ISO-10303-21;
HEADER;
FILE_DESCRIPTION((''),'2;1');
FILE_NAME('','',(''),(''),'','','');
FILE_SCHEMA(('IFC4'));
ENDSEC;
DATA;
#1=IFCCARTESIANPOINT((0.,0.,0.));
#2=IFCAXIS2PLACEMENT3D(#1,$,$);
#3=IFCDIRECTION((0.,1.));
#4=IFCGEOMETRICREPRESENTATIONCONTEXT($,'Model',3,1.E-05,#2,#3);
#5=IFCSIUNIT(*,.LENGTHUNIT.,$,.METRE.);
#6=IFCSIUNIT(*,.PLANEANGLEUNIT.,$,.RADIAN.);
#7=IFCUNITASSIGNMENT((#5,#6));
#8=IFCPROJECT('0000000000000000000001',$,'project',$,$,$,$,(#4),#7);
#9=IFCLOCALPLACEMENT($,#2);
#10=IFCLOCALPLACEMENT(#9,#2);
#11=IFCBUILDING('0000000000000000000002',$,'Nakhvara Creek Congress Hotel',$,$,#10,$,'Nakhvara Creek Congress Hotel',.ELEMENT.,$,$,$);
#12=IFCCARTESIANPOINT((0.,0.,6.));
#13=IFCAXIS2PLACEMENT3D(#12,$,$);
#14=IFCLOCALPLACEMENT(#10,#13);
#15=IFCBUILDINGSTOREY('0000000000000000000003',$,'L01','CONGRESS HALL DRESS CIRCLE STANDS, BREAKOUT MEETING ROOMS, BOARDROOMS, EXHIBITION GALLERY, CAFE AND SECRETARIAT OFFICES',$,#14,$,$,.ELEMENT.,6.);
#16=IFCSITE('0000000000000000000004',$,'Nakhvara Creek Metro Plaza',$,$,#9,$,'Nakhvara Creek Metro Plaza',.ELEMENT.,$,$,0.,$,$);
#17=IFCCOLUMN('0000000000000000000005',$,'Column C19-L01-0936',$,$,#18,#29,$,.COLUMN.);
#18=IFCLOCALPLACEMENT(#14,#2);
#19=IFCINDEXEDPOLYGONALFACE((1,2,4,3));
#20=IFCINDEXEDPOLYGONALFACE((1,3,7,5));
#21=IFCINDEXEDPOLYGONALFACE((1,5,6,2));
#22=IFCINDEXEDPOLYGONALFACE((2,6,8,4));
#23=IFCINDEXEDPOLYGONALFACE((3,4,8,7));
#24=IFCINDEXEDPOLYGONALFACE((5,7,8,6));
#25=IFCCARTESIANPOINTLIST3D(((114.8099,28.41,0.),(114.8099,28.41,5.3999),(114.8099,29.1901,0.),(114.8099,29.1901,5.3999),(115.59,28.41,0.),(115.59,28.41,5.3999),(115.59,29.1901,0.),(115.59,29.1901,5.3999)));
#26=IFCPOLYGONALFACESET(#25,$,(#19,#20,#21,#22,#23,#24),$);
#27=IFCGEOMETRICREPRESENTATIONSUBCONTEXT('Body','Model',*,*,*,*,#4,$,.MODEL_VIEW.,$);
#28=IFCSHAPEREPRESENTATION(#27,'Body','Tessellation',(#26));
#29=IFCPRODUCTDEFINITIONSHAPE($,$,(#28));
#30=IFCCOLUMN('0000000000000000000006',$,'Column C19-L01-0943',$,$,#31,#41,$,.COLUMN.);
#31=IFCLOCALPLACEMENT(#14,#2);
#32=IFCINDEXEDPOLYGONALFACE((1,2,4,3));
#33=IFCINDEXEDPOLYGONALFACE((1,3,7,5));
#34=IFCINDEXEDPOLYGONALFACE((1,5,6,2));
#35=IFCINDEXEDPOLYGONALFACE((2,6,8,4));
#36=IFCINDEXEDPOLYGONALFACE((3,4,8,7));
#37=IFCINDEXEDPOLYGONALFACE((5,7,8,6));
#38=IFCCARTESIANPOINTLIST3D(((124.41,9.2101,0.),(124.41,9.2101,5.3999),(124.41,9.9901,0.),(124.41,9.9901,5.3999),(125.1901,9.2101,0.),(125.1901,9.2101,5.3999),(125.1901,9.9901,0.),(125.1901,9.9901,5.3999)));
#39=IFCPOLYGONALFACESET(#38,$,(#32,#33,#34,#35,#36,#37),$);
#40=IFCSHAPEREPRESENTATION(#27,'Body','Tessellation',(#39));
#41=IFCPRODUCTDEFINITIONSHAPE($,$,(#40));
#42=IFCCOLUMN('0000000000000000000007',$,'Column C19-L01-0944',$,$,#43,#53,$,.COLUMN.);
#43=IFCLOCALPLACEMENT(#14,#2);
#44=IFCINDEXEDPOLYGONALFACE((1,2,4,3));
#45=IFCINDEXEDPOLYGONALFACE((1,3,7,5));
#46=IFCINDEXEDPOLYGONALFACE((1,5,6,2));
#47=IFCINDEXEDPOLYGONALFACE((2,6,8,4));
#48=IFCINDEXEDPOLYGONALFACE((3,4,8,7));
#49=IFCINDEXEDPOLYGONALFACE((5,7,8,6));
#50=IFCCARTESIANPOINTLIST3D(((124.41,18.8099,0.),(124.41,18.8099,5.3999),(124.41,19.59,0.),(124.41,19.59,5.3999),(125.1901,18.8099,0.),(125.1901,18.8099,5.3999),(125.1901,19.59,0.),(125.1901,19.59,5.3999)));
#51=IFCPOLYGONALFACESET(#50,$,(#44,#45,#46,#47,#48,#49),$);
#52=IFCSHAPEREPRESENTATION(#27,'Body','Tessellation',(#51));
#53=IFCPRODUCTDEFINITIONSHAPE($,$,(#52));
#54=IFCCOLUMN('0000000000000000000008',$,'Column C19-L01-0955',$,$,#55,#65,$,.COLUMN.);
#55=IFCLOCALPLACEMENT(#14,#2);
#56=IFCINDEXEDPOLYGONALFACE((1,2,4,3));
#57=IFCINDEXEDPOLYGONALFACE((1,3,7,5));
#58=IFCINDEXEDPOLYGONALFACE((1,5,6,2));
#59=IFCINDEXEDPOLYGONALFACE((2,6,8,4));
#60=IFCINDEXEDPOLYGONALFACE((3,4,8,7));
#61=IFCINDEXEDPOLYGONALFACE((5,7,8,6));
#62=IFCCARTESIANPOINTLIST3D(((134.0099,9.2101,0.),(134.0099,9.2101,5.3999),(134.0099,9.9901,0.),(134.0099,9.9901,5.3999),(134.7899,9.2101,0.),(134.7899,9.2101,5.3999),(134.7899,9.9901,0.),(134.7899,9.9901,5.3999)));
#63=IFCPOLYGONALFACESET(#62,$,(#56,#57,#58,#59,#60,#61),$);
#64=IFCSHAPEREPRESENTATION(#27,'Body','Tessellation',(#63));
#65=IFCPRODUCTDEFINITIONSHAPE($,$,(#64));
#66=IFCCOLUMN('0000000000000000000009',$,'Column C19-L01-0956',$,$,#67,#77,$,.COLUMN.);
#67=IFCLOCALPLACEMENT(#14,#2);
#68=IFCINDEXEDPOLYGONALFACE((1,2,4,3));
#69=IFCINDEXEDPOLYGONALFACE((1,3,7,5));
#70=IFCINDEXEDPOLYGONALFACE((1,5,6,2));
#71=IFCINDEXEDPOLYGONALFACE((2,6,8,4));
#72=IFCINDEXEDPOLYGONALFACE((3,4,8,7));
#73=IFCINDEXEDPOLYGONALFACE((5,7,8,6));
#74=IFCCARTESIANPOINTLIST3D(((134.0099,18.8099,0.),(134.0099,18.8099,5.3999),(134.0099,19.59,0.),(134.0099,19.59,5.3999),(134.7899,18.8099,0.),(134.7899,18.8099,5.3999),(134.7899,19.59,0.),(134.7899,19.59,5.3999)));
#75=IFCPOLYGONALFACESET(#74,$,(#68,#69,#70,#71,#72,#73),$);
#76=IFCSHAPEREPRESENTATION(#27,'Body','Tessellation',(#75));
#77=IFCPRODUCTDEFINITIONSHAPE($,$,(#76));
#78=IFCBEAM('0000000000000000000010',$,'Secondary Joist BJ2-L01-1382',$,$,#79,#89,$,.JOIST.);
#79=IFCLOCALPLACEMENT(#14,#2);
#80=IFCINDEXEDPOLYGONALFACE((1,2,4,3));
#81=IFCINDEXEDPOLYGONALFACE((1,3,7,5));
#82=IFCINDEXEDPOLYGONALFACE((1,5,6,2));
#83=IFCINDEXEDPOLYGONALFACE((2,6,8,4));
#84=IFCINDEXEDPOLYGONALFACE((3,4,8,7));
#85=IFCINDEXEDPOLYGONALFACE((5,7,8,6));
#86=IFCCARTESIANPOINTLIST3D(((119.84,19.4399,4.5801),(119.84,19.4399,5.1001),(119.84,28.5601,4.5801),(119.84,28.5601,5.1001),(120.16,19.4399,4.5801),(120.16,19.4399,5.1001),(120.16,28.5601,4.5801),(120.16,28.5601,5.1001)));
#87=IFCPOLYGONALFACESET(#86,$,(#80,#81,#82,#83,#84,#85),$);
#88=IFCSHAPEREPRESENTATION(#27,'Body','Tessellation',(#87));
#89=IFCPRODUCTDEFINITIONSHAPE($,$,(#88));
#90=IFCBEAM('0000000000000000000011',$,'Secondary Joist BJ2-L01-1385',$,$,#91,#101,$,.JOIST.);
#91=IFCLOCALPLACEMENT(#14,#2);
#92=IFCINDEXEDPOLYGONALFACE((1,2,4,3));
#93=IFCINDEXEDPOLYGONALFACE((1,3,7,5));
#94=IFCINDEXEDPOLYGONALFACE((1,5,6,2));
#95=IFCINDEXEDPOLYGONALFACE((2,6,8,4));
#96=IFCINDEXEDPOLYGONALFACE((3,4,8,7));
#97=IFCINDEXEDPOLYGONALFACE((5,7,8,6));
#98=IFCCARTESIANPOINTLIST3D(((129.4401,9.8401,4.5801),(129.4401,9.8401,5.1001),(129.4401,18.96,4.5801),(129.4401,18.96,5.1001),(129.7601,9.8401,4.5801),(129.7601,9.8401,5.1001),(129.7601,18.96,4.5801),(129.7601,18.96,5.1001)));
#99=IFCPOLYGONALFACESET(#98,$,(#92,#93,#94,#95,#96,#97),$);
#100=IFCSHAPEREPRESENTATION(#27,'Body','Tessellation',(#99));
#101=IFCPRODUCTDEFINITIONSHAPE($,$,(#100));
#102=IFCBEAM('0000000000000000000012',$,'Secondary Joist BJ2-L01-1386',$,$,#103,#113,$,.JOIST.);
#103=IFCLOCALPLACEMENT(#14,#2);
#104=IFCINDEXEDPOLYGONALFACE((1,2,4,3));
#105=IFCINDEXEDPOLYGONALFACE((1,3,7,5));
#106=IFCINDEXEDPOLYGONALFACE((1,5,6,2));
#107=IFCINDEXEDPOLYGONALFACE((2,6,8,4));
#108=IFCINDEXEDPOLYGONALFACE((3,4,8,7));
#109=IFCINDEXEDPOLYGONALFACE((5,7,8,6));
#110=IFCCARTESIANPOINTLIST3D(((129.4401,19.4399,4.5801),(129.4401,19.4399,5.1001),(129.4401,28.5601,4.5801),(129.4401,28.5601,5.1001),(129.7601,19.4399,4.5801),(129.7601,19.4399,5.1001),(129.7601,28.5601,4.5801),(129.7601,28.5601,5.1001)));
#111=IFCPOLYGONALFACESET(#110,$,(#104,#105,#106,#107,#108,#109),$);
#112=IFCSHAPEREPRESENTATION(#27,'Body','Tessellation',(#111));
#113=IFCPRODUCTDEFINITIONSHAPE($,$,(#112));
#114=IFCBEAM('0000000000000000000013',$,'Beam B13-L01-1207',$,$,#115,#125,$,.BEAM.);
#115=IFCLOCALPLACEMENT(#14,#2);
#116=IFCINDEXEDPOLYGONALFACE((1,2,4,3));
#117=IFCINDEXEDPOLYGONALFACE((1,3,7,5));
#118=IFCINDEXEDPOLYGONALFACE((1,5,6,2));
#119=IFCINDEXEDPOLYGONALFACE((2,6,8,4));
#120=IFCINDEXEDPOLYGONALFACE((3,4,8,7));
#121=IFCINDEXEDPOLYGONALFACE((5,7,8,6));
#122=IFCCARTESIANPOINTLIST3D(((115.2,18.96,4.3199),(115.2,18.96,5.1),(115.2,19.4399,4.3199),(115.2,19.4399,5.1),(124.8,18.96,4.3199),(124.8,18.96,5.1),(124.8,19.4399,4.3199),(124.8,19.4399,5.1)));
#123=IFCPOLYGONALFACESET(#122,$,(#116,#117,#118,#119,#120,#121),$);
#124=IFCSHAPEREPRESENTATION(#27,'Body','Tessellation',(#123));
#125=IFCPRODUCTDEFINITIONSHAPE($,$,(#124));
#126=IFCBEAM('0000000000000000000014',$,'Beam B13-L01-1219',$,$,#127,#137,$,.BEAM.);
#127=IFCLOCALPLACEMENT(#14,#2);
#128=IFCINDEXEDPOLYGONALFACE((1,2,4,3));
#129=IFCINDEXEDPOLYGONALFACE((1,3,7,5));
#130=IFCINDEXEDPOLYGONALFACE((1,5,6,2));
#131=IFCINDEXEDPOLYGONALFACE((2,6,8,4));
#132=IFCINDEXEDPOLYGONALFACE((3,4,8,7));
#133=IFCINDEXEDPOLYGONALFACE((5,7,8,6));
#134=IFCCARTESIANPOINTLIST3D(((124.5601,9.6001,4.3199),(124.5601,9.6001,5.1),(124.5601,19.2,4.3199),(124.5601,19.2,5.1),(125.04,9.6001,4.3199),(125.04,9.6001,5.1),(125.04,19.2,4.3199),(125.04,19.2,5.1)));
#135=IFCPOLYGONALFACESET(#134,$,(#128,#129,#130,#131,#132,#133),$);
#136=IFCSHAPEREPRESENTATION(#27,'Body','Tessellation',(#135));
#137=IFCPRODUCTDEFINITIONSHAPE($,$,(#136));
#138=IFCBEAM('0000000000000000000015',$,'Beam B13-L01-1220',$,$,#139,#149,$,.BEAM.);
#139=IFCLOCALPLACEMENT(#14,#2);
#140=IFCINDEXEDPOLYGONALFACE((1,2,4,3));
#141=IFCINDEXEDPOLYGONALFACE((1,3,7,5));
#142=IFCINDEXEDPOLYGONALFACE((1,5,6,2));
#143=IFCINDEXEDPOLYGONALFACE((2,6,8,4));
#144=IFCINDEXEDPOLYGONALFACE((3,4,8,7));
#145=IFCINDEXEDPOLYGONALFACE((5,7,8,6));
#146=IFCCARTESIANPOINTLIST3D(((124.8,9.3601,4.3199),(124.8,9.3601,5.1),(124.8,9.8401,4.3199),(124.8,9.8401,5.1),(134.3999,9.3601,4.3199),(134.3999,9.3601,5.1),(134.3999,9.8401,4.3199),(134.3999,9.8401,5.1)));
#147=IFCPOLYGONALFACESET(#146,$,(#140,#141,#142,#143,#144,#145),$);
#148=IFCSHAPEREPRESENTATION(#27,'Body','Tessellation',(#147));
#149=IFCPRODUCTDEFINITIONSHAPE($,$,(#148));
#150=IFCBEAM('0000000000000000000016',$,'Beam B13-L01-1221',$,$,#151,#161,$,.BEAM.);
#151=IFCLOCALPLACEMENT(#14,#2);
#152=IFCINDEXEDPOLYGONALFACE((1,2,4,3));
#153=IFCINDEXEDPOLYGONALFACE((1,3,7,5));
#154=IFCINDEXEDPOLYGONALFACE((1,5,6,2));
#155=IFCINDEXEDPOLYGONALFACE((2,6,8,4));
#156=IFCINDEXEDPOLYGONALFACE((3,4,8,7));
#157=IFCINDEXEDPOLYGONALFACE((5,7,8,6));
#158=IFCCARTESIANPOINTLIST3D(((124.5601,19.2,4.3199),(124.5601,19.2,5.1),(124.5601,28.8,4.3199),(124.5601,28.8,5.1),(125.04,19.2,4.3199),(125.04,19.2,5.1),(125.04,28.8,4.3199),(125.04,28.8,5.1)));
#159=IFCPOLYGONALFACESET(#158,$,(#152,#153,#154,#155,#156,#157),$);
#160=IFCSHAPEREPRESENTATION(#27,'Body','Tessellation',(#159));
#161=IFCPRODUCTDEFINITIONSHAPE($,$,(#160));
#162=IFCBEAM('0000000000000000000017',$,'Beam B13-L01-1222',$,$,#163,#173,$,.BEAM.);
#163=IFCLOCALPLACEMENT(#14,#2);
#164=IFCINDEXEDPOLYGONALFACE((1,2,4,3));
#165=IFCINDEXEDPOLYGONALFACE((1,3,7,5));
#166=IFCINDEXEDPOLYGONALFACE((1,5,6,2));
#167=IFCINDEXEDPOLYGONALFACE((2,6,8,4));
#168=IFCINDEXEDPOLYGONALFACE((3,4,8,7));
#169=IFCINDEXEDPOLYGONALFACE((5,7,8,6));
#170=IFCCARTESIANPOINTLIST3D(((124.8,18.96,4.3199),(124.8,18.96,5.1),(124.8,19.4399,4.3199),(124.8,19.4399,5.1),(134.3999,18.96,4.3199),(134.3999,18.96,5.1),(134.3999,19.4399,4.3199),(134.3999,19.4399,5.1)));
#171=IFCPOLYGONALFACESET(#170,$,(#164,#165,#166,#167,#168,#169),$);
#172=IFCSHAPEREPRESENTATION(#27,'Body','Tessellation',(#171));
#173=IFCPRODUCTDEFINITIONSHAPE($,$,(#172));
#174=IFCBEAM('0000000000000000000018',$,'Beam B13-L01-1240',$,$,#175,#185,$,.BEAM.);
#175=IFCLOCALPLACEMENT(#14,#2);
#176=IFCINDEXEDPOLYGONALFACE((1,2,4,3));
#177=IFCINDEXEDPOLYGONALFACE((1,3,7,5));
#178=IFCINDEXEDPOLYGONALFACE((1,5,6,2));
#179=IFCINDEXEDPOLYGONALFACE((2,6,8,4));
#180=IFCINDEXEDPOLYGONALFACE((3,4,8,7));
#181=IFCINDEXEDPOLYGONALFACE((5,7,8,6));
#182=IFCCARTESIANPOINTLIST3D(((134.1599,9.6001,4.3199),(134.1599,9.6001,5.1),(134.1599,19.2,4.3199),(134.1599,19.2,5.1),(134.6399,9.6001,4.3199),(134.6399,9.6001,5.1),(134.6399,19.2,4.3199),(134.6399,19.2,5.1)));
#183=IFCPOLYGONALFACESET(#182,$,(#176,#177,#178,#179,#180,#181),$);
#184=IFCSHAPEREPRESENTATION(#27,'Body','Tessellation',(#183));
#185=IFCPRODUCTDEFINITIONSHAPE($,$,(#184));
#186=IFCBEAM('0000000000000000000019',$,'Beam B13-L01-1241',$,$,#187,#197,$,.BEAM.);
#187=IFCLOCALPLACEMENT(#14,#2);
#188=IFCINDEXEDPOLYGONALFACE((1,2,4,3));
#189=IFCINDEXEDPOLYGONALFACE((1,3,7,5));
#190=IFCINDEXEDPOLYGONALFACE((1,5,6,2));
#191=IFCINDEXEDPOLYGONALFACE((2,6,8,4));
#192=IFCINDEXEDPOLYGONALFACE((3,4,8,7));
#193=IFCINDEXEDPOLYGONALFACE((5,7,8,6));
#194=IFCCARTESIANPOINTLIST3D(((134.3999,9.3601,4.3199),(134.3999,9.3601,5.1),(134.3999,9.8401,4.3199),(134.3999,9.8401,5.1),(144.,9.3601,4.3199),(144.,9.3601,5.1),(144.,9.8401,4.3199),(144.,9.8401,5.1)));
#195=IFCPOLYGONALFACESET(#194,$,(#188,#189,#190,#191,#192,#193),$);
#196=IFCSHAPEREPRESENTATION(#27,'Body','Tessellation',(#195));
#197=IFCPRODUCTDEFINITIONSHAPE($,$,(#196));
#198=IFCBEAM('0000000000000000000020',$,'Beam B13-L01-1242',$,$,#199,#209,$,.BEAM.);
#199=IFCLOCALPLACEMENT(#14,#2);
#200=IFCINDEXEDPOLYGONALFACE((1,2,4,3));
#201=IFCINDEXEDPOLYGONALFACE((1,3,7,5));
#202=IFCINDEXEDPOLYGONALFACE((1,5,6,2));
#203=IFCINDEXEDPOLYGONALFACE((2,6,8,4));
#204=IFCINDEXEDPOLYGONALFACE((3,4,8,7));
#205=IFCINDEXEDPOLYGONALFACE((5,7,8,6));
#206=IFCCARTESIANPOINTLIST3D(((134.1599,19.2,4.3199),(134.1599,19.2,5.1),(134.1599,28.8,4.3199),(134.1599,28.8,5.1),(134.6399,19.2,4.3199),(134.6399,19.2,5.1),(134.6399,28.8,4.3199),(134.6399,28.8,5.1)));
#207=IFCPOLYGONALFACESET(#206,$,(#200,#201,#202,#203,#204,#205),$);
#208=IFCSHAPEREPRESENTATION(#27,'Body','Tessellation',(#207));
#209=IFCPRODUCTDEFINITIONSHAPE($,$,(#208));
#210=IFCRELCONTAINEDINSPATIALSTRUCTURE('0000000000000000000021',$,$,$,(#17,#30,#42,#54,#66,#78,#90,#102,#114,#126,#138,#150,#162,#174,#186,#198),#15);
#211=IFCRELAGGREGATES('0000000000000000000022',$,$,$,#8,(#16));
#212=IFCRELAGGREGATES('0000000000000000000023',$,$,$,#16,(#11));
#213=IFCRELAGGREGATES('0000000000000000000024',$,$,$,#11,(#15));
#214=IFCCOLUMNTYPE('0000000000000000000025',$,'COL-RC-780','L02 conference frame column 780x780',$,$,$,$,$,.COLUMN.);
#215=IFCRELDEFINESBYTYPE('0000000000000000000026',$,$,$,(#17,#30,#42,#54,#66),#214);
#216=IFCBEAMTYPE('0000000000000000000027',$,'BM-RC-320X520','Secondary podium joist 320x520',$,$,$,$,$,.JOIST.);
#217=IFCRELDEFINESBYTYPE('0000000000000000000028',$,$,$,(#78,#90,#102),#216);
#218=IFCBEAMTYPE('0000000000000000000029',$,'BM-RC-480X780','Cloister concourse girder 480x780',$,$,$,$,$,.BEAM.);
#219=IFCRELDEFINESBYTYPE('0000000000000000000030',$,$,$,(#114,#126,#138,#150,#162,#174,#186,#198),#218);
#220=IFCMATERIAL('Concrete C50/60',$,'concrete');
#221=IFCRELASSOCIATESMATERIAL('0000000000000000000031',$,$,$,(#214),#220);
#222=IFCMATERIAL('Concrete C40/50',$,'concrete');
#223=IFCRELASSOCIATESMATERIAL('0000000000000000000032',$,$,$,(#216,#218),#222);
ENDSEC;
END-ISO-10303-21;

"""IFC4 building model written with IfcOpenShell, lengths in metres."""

from ifc_helpers import new_model, si_unit, direction, frame, origin, origin_2d, place, context, subcontext, project, spatial, rectangle, extrude, material, material_profile, profile_set, type_object, element, save


model = new_model("IFC4")

# Units and contexts
model_context = context("Model", 3, precision=1e-05, world=origin(), true_north=direction((0.0, 1.0)))
body_context = subcontext(model_context, "Body", "Model", "MODEL_VIEW")
ifc_project = project(units=[si_unit("LENGTHUNIT", "METRE"), si_unit("PLANEANGLEUNIT", "RADIAN")], contexts=[model_context])

# Site, building, storey
site_placement = place(None, origin())
site = spatial("IfcSite", under=ifc_project, at=site_placement, Name="Nakhvara Creek Metro Plaza", LongName="Nakhvara Creek Metro Plaza", CompositionType="ELEMENT", RefElevation=0.0)
building_placement = place(site_placement, origin())
building = spatial("IfcBuilding", under=site, at=building_placement, Name="Nakhvara Creek Congress Hotel", LongName="Nakhvara Creek Congress Hotel", CompositionType="ELEMENT")
storey_placement = place(building_placement, frame((0.0, 0.0, 6.0)))
storey = spatial("IfcBuildingStorey", under=building, at=storey_placement, Name="L01", Description="CONGRESS HALL DRESS CIRCLE STANDS, BREAKOUT MEETING ROOMS, BOARDROOMS, EXHIBITION GALLERY, CAFE AND SECRETARIAT OFFICES", CompositionType="ELEMENT", Elevation=6.0)

# Columns
ifc_material_1 = material(Name="Concrete C50/60", Category="concrete")
ifc_material_profile_1 = material_profile(ifc_material_1, rectangle(XDim=0.78, YDim=0.78, at=origin_2d()), Name="RC-COL 780x780", Category="LoadBearing")
ifc_profile_set_1 = profile_set([ifc_material_profile_1], Name="Concrete C50/60")
column_type = type_object("IfcColumnType", Name="COL-RC-780", Description="L02 conference frame column 780x780", PredefinedType="COLUMN", material=ifc_profile_set_1)
for number, where, z_axis, x_axis, name in (
    (1, (115.2, 28.8, 0.0), (0.0, 0.0, 1.0), (1.0, 0.0, 0.0), "Column C19-L01-0936"),
    (2, (124.8, 9.6001, 0.0), (0.0, 0.0, 1.0), (1.0, 0.0, 0.0), "Column C19-L01-0943"),
    (3, (124.8, 19.2, 0.0), (0.0, 0.0, 1.0), (1.0, 0.0, 0.0), "Column C19-L01-0944"),
    (4, (134.3999, 9.6001, 0.0), (0.0, 0.0, 1.0), (1.0, 0.0, 0.0), "Column C19-L01-0955"),
    (5, (134.3999, 19.2, 0.0), (0.0, 0.0, 1.0), (1.0, 0.0, 0.0), "Column C19-L01-0956"),
):
    element("IfcColumn", number, at=place(storey_placement, frame(where, z_axis=z_axis, x_axis=x_axis)), inside=storey, type_object=column_type, Name=name, PredefinedType="COLUMN", context=body_context, shape_type="SweptSolid", body=[
        extrude(rectangle(XDim=0.78, YDim=0.78, at=origin_2d()), origin(), (0.0, 0.0, 1.0), 5.3999),
    ])

# Beams
ifc_material_2 = material(Name="Concrete C40/50", Category="concrete")
ifc_material_profile_2 = material_profile(ifc_material_2, rectangle(XDim=0.3201, YDim=0.52, at=origin_2d()), Name="RC-BM 320x520", Category="LoadBearing")
ifc_profile_set_2 = profile_set([ifc_material_profile_2], Name="Concrete C40/50")
beam_type_1 = type_object("IfcBeamType", Name="BM-RC-320X520", Description="Secondary podium joist 320x520", PredefinedType="JOIST", material=ifc_profile_set_2)
beam_1_placement = place(storey_placement, frame((120.0, 19.4399, 4.8401), z_axis=(0.0, 1.0, 0.0), x_axis=(-1.0, 0.0, 0.0)))
element("IfcBeam", 6, at=beam_1_placement, inside=storey, type_object=beam_type_1, Name="Secondary Joist BJ2-L01-1382", PredefinedType="JOIST", context=body_context, shape_type="SweptSolid", body=[
    extrude(rectangle(XDim=0.3201, YDim=0.52, at=origin_2d()), origin(), (0.0, 0.0, 1.0), 9.1201),
])
beam_2_placement = place(storey_placement, frame((129.6001, 9.8401, 4.8401), z_axis=(0.0, 1.0, 0.0), x_axis=(-1.0, 0.0, 0.0)))
element("IfcBeam", 7, at=beam_2_placement, inside=storey, type_object=beam_type_1, Name="Secondary Joist BJ2-L01-1385", PredefinedType="JOIST", context=body_context, shape_type="SweptSolid", body=[
    extrude(rectangle(XDim=0.3201, YDim=0.52, at=origin_2d()), origin(), (0.0, 0.0, 1.0), 9.1199),
])
beam_3_placement = place(storey_placement, frame((129.6001, 19.4399, 4.8401), z_axis=(0.0, 1.0, 0.0), x_axis=(-1.0, 0.0, 0.0)))
element("IfcBeam", 8, at=beam_3_placement, inside=storey, type_object=beam_type_1, Name="Secondary Joist BJ2-L01-1386", PredefinedType="JOIST", context=body_context, shape_type="SweptSolid", body=[
    extrude(rectangle(XDim=0.3201, YDim=0.52, at=origin_2d()), origin(), (0.0, 0.0, 1.0), 9.1201),
])
ifc_material_profile_3 = material_profile(ifc_material_2, rectangle(XDim=0.48, YDim=0.78, at=origin_2d()), Name="RC-BM 480x780", Category="LoadBearing")
ifc_profile_set_3 = profile_set([ifc_material_profile_3], Name="Concrete C40/50")
beam_type_2 = type_object("IfcBeamType", Name="BM-RC-480X780", Description="Cloister concourse girder 480x780", PredefinedType="BEAM", material=ifc_profile_set_3)
beam_4_placement = place(storey_placement, frame((115.2, 19.2, 4.71), z_axis=(1.0, 0.0, 0.0), x_axis=(0.0, 1.0, 0.0)))
element("IfcBeam", 9, at=beam_4_placement, inside=storey, type_object=beam_type_2, Name="Beam B13-L01-1207", PredefinedType="BEAM", context=body_context, shape_type="SweptSolid", body=[
    extrude(rectangle(XDim=0.48, YDim=0.78, at=origin_2d()), origin(), (0.0, 0.0, 1.0), 9.6001),
])
for number, where, z_axis, x_axis, name in (
    (10, (124.8, 9.6001, 4.71), (0.0, 1.0, 0.0), (-1.0, 0.0, 0.0), "Beam B13-L01-1219"),
    (11, (124.8, 9.6001, 4.71), (1.0, 0.0, 0.0), (0.0, 1.0, 0.0), "Beam B13-L01-1220"),
):
    element("IfcBeam", number, at=place(storey_placement, frame(where, z_axis=z_axis, x_axis=x_axis)), inside=storey, type_object=beam_type_2, Name=name, PredefinedType="BEAM", context=body_context, shape_type="SweptSolid", body=[
        extrude(rectangle(XDim=0.48, YDim=0.78, at=origin_2d()), origin(), (0.0, 0.0, 1.0), 9.5999),
    ])
beam_5_placement = place(storey_placement, frame((124.8, 19.2, 4.71), z_axis=(0.0, 1.0, 0.0), x_axis=(-1.0, 0.0, 0.0)))
element("IfcBeam", 12, at=beam_5_placement, inside=storey, type_object=beam_type_2, Name="Beam B13-L01-1221", PredefinedType="BEAM", context=body_context, shape_type="SweptSolid", body=[
    extrude(rectangle(XDim=0.48, YDim=0.78, at=origin_2d()), origin(), (0.0, 0.0, 1.0), 9.6001),
])
for number, where, z_axis, x_axis, name in (
    (13, (124.8, 19.2, 4.71), (1.0, 0.0, 0.0), (0.0, 1.0, 0.0), "Beam B13-L01-1222"),
    (14, (134.3999, 9.6001, 4.71), (0.0, 1.0, 0.0), (-1.0, 0.0, 0.0), "Beam B13-L01-1240"),
):
    element("IfcBeam", number, at=place(storey_placement, frame(where, z_axis=z_axis, x_axis=x_axis)), inside=storey, type_object=beam_type_2, Name=name, PredefinedType="BEAM", context=body_context, shape_type="SweptSolid", body=[
        extrude(rectangle(XDim=0.48, YDim=0.78, at=origin_2d()), origin(), (0.0, 0.0, 1.0), 9.5999),
    ])
for number, where, z_axis, x_axis, name in (
    (15, (134.3999, 9.6001, 4.71), (1.0, 0.0, 0.0), (0.0, 1.0, 0.0), "Beam B13-L01-1241"),
    (16, (134.3999, 19.2, 4.71), (0.0, 1.0, 0.0), (-1.0, 0.0, 0.0), "Beam B13-L01-1242"),
):
    element("IfcBeam", number, at=place(storey_placement, frame(where, z_axis=z_axis, x_axis=x_axis)), inside=storey, type_object=beam_type_2, Name=name, PredefinedType="BEAM", context=body_context, shape_type="SweptSolid", body=[
        extrude(rectangle(XDim=0.48, YDim=0.78, at=origin_2d()), origin(), (0.0, 0.0, 1.0), 9.6001),
    ])

save(model, "model.ifc")
